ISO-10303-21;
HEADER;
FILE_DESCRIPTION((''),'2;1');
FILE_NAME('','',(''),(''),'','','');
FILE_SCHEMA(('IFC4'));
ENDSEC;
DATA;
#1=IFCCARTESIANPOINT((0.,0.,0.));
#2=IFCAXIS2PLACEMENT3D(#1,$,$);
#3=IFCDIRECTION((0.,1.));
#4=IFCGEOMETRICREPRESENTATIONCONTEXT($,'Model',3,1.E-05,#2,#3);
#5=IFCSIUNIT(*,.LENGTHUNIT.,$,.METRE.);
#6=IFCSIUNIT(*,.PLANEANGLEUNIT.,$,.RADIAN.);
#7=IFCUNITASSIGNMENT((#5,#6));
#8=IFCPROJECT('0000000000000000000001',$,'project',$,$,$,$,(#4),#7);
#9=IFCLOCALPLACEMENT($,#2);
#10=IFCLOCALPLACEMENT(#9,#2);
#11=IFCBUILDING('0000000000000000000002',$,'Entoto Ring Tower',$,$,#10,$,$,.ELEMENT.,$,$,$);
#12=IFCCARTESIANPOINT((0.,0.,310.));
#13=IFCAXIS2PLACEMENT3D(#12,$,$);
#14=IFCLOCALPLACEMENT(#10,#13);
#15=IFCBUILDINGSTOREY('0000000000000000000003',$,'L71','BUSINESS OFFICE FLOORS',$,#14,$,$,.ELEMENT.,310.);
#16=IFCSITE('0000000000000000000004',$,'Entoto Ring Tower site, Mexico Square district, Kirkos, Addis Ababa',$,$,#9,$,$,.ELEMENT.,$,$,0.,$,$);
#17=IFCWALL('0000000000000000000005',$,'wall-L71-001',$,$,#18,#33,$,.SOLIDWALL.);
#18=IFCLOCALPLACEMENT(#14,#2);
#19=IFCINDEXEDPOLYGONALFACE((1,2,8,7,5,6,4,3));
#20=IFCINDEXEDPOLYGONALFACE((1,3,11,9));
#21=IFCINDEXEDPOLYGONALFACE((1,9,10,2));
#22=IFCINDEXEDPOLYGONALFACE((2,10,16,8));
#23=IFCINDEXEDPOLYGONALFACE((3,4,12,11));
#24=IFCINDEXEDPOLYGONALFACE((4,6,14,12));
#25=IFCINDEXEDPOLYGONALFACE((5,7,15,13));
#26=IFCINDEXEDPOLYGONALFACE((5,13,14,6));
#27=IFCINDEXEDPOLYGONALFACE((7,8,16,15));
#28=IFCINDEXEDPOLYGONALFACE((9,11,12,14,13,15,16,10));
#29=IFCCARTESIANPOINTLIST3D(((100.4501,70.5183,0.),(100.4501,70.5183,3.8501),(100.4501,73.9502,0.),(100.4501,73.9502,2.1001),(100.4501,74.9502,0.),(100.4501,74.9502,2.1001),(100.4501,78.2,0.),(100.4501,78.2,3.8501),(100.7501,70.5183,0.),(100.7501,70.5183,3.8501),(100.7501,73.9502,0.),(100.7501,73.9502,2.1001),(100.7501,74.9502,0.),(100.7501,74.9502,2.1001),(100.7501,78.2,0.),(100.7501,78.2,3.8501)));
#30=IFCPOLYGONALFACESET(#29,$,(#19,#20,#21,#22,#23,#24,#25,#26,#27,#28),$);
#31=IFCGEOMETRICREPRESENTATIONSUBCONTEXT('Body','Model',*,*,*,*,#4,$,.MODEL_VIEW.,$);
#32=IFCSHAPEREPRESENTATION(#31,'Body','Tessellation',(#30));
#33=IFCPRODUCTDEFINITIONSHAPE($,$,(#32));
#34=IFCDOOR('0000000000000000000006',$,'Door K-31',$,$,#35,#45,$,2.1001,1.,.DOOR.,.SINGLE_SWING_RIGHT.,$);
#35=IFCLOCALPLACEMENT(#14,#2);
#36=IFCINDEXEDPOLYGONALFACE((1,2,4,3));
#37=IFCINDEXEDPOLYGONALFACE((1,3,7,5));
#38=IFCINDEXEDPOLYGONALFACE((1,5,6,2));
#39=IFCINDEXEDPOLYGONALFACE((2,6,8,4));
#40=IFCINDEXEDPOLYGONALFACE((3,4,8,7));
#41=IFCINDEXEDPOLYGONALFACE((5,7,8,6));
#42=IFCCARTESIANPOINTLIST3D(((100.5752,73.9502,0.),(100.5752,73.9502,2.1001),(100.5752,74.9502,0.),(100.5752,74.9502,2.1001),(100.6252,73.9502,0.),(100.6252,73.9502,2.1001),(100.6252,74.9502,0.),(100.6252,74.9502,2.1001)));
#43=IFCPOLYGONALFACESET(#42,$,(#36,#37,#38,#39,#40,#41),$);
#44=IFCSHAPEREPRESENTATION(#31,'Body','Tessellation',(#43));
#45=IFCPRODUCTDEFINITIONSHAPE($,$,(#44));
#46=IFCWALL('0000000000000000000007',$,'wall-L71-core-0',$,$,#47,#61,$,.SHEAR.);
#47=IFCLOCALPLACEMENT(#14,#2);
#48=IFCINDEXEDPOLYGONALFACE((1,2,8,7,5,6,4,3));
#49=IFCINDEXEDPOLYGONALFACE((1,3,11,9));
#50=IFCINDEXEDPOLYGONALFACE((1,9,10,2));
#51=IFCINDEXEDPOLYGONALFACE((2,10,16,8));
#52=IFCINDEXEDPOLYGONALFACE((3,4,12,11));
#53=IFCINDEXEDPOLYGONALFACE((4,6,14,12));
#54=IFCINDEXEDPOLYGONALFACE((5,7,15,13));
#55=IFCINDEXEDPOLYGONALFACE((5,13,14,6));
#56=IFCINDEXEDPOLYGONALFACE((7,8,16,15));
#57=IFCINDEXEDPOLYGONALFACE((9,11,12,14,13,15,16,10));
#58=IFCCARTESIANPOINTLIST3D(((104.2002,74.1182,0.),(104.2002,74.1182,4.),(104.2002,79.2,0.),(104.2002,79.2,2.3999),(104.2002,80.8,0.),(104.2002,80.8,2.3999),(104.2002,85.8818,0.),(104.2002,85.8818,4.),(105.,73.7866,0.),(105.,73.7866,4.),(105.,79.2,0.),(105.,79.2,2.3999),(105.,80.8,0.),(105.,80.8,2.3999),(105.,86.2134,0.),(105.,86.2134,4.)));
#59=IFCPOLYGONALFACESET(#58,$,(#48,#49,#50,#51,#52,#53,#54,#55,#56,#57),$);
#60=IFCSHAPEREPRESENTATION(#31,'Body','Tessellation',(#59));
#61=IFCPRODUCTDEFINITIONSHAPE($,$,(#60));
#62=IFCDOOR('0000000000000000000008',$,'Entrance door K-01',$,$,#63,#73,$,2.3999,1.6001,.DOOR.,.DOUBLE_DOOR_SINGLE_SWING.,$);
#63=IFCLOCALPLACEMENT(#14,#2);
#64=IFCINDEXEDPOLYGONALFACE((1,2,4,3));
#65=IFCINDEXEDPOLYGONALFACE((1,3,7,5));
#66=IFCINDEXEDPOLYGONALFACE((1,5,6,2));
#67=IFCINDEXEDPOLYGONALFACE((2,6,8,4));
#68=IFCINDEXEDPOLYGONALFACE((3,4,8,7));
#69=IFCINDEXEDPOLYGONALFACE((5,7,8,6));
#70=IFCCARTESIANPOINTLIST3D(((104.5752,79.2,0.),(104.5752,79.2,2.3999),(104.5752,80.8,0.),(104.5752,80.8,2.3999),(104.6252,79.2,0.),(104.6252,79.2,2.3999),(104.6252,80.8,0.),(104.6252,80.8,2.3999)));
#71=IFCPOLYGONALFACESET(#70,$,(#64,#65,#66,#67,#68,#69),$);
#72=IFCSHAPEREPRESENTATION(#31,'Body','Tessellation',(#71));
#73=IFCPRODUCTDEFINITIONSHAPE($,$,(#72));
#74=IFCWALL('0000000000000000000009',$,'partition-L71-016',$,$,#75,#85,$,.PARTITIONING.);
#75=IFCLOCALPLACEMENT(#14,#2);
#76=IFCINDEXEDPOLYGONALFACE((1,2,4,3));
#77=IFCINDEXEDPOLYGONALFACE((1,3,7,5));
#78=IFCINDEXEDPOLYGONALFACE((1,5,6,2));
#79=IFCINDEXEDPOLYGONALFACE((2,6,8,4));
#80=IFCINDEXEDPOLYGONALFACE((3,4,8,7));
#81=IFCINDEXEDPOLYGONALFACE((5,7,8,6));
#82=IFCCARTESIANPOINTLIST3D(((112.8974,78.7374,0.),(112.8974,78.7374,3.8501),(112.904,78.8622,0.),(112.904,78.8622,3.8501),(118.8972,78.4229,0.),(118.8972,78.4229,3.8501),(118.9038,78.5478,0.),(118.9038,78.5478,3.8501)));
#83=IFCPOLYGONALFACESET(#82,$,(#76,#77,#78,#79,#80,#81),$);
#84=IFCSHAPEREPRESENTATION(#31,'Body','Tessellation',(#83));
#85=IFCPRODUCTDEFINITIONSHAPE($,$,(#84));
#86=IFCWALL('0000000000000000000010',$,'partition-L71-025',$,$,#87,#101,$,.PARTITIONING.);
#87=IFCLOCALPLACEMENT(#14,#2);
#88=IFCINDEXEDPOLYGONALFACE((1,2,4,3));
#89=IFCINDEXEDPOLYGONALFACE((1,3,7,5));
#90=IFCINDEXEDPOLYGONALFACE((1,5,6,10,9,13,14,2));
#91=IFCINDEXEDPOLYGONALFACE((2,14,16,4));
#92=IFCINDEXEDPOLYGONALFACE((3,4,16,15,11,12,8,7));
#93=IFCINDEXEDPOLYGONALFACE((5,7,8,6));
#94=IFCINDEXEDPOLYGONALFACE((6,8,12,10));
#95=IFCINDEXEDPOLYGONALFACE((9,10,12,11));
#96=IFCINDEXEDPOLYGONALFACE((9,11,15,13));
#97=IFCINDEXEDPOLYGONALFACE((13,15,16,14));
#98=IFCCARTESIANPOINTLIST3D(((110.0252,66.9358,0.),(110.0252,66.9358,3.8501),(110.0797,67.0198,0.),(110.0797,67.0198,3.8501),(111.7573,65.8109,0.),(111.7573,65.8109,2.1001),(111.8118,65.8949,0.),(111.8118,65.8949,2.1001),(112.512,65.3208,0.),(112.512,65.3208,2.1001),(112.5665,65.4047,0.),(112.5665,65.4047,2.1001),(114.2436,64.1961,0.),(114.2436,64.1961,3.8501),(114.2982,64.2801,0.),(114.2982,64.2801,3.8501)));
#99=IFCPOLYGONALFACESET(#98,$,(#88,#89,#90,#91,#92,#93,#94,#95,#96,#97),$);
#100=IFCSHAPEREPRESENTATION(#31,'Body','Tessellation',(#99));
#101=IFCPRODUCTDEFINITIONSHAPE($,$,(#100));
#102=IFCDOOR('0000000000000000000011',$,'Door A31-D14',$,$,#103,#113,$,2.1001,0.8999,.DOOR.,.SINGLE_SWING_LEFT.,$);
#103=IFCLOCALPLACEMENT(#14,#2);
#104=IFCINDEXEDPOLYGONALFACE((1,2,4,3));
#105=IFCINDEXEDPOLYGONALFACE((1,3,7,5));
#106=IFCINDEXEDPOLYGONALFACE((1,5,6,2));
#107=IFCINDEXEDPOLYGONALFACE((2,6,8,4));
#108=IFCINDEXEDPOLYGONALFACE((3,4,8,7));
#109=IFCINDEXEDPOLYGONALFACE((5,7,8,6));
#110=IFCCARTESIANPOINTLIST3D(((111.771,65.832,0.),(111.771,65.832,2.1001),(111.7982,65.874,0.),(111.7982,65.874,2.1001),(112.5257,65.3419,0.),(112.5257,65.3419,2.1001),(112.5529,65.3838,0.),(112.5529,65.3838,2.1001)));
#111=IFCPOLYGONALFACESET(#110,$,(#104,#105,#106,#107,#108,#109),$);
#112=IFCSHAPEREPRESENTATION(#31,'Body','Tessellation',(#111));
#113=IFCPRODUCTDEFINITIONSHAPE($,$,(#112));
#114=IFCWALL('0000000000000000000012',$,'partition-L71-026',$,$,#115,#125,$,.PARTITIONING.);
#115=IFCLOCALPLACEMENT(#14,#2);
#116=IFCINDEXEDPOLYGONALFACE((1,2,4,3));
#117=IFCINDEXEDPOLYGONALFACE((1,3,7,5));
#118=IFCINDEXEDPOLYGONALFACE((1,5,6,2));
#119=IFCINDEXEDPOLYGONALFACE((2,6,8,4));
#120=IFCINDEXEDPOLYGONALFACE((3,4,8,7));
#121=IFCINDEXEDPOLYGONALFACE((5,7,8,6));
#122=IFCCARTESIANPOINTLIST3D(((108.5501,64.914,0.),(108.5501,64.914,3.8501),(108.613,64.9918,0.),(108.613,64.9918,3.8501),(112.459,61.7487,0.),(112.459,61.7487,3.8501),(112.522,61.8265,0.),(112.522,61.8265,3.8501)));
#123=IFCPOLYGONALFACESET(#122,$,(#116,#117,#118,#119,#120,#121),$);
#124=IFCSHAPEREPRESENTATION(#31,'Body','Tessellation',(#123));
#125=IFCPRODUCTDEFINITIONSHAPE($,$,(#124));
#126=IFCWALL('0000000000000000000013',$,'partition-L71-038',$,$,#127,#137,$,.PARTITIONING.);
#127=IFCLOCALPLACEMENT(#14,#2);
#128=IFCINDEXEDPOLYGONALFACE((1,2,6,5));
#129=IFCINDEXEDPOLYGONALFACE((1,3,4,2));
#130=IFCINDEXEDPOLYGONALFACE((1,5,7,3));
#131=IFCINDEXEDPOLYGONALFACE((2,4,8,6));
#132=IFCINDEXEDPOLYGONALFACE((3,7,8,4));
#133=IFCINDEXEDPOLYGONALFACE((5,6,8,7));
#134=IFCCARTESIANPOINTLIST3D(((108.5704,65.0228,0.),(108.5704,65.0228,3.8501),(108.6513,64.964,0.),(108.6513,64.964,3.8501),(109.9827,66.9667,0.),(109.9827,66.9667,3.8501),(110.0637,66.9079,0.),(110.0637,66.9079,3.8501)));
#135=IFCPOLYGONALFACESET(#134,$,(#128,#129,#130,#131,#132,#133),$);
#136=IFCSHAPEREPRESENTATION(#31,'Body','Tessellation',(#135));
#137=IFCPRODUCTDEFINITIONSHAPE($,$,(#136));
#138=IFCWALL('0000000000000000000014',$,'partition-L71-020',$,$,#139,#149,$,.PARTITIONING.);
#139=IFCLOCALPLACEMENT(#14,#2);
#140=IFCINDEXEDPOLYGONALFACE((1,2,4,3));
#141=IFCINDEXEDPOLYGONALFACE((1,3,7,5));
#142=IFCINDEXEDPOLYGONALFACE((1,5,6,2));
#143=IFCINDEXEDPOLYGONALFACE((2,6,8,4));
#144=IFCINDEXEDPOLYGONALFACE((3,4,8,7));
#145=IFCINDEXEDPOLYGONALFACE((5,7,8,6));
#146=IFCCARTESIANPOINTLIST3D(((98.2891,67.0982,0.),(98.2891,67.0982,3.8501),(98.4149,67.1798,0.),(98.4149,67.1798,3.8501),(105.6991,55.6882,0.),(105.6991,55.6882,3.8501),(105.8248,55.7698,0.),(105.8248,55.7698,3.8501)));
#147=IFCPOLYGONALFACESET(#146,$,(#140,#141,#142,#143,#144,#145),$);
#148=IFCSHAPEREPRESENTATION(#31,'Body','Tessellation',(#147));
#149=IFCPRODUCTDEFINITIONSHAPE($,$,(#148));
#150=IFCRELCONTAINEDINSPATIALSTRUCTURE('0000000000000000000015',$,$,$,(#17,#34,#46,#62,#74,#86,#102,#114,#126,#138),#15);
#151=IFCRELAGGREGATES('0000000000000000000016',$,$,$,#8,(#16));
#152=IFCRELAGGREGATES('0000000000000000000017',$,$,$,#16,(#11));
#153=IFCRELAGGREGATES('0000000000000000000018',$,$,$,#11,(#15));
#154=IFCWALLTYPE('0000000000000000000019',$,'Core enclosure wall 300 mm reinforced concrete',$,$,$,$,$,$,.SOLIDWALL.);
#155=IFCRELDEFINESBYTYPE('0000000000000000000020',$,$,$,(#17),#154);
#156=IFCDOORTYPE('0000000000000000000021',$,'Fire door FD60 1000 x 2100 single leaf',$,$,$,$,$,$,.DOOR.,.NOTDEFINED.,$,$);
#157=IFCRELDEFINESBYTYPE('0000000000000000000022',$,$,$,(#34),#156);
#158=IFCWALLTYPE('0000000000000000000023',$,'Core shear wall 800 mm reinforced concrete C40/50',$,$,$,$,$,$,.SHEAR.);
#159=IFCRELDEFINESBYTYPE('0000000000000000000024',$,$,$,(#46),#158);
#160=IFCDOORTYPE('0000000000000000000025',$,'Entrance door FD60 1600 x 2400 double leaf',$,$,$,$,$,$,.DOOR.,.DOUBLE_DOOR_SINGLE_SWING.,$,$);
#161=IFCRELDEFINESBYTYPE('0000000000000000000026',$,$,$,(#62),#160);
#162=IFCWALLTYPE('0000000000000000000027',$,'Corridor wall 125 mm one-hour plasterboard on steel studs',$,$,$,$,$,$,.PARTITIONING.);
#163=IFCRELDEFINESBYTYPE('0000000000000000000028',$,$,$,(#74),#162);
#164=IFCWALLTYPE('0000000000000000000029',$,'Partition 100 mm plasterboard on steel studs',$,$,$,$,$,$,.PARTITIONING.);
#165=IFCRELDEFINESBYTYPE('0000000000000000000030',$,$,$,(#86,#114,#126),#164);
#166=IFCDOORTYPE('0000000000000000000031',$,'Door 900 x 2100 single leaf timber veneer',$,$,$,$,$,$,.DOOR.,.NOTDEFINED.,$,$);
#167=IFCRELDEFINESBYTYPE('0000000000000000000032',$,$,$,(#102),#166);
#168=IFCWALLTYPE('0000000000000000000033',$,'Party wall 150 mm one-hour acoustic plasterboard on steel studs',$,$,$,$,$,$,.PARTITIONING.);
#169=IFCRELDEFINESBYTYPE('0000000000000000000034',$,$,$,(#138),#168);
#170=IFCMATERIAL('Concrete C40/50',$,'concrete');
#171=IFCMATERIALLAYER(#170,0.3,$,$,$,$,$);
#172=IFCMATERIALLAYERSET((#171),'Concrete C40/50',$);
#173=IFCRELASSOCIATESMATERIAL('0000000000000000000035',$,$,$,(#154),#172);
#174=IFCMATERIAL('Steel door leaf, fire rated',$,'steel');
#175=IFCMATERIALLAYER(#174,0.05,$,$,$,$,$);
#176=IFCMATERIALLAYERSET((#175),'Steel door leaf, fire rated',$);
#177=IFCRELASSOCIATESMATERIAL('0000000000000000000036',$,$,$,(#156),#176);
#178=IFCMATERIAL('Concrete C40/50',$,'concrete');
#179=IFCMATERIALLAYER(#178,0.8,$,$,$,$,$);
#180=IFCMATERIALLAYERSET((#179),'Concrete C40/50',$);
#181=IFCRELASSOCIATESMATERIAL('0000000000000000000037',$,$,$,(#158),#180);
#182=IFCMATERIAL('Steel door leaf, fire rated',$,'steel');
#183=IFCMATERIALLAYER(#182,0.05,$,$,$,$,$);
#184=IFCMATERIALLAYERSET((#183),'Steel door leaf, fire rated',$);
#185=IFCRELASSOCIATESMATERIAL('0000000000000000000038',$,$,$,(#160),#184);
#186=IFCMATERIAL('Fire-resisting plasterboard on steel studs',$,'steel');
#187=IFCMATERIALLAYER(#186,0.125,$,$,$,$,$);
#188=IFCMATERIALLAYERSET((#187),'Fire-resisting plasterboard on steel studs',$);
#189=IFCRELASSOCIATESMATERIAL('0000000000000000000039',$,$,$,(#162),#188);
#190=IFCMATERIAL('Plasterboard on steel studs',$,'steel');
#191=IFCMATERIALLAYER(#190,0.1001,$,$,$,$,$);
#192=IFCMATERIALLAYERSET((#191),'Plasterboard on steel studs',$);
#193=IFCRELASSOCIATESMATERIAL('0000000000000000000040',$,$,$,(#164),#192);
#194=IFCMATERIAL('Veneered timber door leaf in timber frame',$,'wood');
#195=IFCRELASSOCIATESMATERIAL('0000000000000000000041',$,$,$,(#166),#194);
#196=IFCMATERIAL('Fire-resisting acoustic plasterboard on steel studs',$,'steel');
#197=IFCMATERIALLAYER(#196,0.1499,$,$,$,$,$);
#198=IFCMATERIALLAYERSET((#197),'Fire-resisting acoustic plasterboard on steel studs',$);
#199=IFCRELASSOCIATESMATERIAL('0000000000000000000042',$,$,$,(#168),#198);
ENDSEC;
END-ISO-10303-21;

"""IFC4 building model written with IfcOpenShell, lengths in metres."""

from ifc_helpers import new_model, si_unit, direction, frame, frame_2d, origin, place, context, subcontext, project, spatial, polyline, rectangle, outline, extrude, material, layer, layer_set, type_object, element, fill, save


model = new_model("IFC4")

# Units and contexts
model_context = context("Model", 3, precision=1e-05, world=origin(), true_north=direction((0.0, 1.0)))
body_context = subcontext(model_context, "Body", "Model", "MODEL_VIEW")
ifc_project = project(units=[si_unit("LENGTHUNIT", "METRE"), si_unit("PLANEANGLEUNIT", "RADIAN")], contexts=[model_context])

# Site, building, storey
site_placement = place(None, origin())
site = spatial("IfcSite", under=ifc_project, at=site_placement, Name="Entoto Ring Tower site, Mexico Square district, Kirkos, Addis Ababa", CompositionType="ELEMENT", RefElevation=0.0)
building_placement = place(site_placement, origin())
building = spatial("IfcBuilding", under=site, at=building_placement, Name="Entoto Ring Tower", CompositionType="ELEMENT")
storey_placement = place(building_placement, frame((0.0, 0.0, 310.0)))
storey = spatial("IfcBuildingStorey", under=building, at=storey_placement, Name="L71", Description="BUSINESS OFFICE FLOORS", CompositionType="ELEMENT", Elevation=310.0)

# Walls, openings, doors
ifc_material_1 = material(Name="Concrete C40/50", Category="concrete")
ifc_layer_1 = layer(ifc_material_1, 0.3)
ifc_layer_set_1 = layer_set([ifc_layer_1], Name="Concrete C40/50")
wall_type_1 = type_object("IfcWallType", Name="Core enclosure wall 300 mm reinforced concrete", PredefinedType="SOLIDWALL", material=ifc_layer_set_1)
wall_1_placement = place(storey_placement, frame((100.6001, 70.5183, 0.0), z_axis=(0.0, 0.0, 1.0), x_axis=(0.0, 1.0, 0.0)))
wall_1 = element("IfcWall", 1, at=wall_1_placement, inside=storey, type_object=wall_type_1, Name="wall-L71-001", PredefinedType="SOLIDWALL", context=body_context, shape_type="SweptSolid", body=[
    extrude(rectangle(XDim=7.6816, YDim=0.3, at=frame_2d((3.8408, 0.0))), origin(), (0.0, 0.0, 1.0), 3.8501),
])
opening_1_placement = place(wall_1_placement, frame((3.4319, 0.0, 0.0)))
opening_1 = element("IfcOpeningElement", 2, at=opening_1_placement, cuts=wall_1, PredefinedType="OPENING", context=body_context, shape_type="SweptSolid", body=[
    extrude(rectangle(XDim=1.0, YDim=2.1001, at=frame_2d((0.5, 1.05))), frame((0.0, 0.1602, 0.0), z_axis=(0.0, -1.0, 0.0), x_axis=(1.0, 0.0, 0.0)), (0.0, 0.0, 1.0), 0.3201),
])
ifc_material_2 = material(Name="Steel door leaf, fire rated", Category="steel")
ifc_layer_2 = layer(ifc_material_2, 0.05)
ifc_layer_set_2 = layer_set([ifc_layer_2], Name="Steel door leaf, fire rated")
door_type_1 = type_object("IfcDoorType", Name="Fire door FD60 1000 x 2100 single leaf", OperationType="NOTDEFINED", PredefinedType="DOOR", material=ifc_layer_set_2)
door_1_placement = place(opening_1_placement, origin())
door_1 = element("IfcDoor", 3, at=door_1_placement, inside=storey, type_object=door_type_1, Name="Door K-31", OperationType="SINGLE_SWING_RIGHT", OverallHeight=2.1001, OverallWidth=1.0, PredefinedType="DOOR", context=body_context, shape_type="SweptSolid", body=[
    extrude(rectangle(XDim=1.0, YDim=2.1001, at=frame_2d((0.5, 1.05))), frame((0.0, 0.0249, 0.0), z_axis=(0.0, -1.0, 0.0), x_axis=(1.0, 0.0, 0.0)), (0.0, 0.0, 1.0), 0.05),
])
fill(opening_1, door_1)
ifc_material_3 = material(Name="Concrete C40/50", Category="concrete")
ifc_layer_3 = layer(ifc_material_3, 0.8)
ifc_layer_set_3 = layer_set([ifc_layer_3], Name="Concrete C40/50")
wall_type_2 = type_object("IfcWallType", Name="Core shear wall 800 mm reinforced concrete C40/50", PredefinedType="SHEAR", material=ifc_layer_set_3)
wall_2_placement = place(storey_placement, frame((104.6001, 73.9524, 0.0), z_axis=(0.0, 0.0, 1.0), x_axis=(0.0, 1.0, 0.0)))
wall_2 = element("IfcWall", 4, at=wall_2_placement, inside=storey, type_object=wall_type_2, Name="wall-L71-core-0", PredefinedType="SHEAR", context=body_context, shape_type="SweptSolid", body=[
    extrude(outline(polyline([(-0.1658, -0.3999), (12.261, -0.3999), (11.9294, 0.3999), (0.1658, 0.3999), (-0.1658, -0.3999)])), origin(), (0.0, 0.0, 1.0), 4.0),
])
opening_2_placement = place(wall_2_placement, frame((5.2476, 0.0, 0.0)))
opening_2 = element("IfcOpeningElement", 5, at=opening_2_placement, cuts=wall_2, PredefinedType="OPENING", context=body_context, shape_type="SweptSolid", body=[
    extrude(rectangle(XDim=1.6001, YDim=2.3999, at=frame_2d((0.8, 1.2))), frame((0.0, 0.4102, 0.0), z_axis=(0.0, -1.0, 0.0), x_axis=(1.0, 0.0, 0.0)), (0.0, 0.0, 1.0), 0.8201),
])
ifc_material_4 = material(Name="Steel door leaf, fire rated", Category="steel")
ifc_layer_4 = layer(ifc_material_4, 0.05)
ifc_layer_set_4 = layer_set([ifc_layer_4], Name="Steel door leaf, fire rated")
door_type_2 = type_object("IfcDoorType", Name="Entrance door FD60 1600 x 2400 double leaf", OperationType="DOUBLE_DOOR_SINGLE_SWING", PredefinedType="DOOR", material=ifc_layer_set_4)
door_2_placement = place(opening_2_placement, origin())
door_2 = element("IfcDoor", 6, at=door_2_placement, inside=storey, type_object=door_type_2, Name="Entrance door K-01", OperationType="DOUBLE_DOOR_SINGLE_SWING", OverallHeight=2.3999, OverallWidth=1.6001, PredefinedType="DOOR", context=body_context, shape_type="SweptSolid", body=[
    extrude(rectangle(XDim=1.6001, YDim=2.3999, at=frame_2d((0.8, 1.2))), frame((0.0, 0.0249, 0.0), z_axis=(0.0, -1.0, 0.0), x_axis=(1.0, 0.0, 0.0)), (0.0, 0.0, 1.0), 0.05),
])
fill(opening_2, door_2)

# Wall
ifc_material_5 = material(Name="Fire-resisting plasterboard on steel studs", Category="steel")
ifc_layer_5 = layer(ifc_material_5, 0.125)
ifc_layer_set_5 = layer_set([ifc_layer_5], Name="Fire-resisting plasterboard on steel studs")
wall_type_3 = type_object("IfcWallType", Name="Corridor wall 125 mm one-hour plasterboard on steel studs", PredefinedType="PARTITIONING", material=ifc_layer_set_5)
wall_3_placement = place(storey_placement, frame((118.9004, 78.4854, 0.0), z_axis=(0.0, 0.0, 1.0), x_axis=(-0.998629, 0.052339, 0.0)))
element("IfcWall", 7, at=wall_3_placement, inside=storey, type_object=wall_type_3, Name="partition-L71-016", PredefinedType="PARTITIONING", context=body_context, shape_type="SweptSolid", body=[
    extrude(rectangle(XDim=6.0081, YDim=0.125, at=frame_2d((3.0039, 0.0))), origin(), (0.0, 0.0, 1.0), 3.8501),
])

# Wall, opening, door
ifc_material_6 = material(Name="Plasterboard on steel studs", Category="steel")
ifc_layer_6 = layer(ifc_material_6, 0.1001)
ifc_layer_set_6 = layer_set([ifc_layer_6], Name="Plasterboard on steel studs")
wall_type_4 = type_object("IfcWallType", Name="Partition 100 mm plasterboard on steel studs", PredefinedType="PARTITIONING", material=ifc_layer_set_6)
wall_4_placement = place(storey_placement, frame((114.271, 64.238, 0.0), z_axis=(0.0, 0.0, 1.0), x_axis=(-0.838651, 0.544669, 0.0)))
wall_4 = element("IfcWall", 8, at=wall_4_placement, inside=storey, type_object=wall_type_4, Name="partition-L71-025", PredefinedType="PARTITIONING", context=body_context, shape_type="SweptSolid", body=[
    extrude(rectangle(XDim=5.03, YDim=0.1001, at=frame_2d((2.5151, 0.0))), origin(), (0.0, 0.0, 1.0), 3.8501),
])
opening_3_placement = place(wall_4_placement, frame((2.0649, 0.0, 0.0)))
opening_3 = element("IfcOpeningElement", 9, at=opening_3_placement, cuts=wall_4, PredefinedType="OPENING", context=body_context, shape_type="SweptSolid", body=[
    extrude(rectangle(XDim=0.8999, YDim=2.1001, at=frame_2d((0.45, 1.05))), frame((0.0, 0.0601, 0.0), z_axis=(0.0, -1.0, 0.0), x_axis=(1.0, 0.0, 0.0)), (0.0, 0.0, 1.0), 0.1201),
])
ifc_material_7 = material(Name="Veneered timber door leaf in timber frame", Category="wood")
door_type_3 = type_object("IfcDoorType", Name="Door 900 x 2100 single leaf timber veneer", OperationType="NOTDEFINED", PredefinedType="DOOR", material=ifc_material_7)
door_3_placement = place(opening_3_placement, origin())
door_3 = element("IfcDoor", 10, at=door_3_placement, inside=storey, type_object=door_type_3, Name="Door A31-D14", OperationType="SINGLE_SWING_LEFT", OverallHeight=2.1001, OverallWidth=0.8999, PredefinedType="DOOR", context=body_context, shape_type="SweptSolid", body=[
    extrude(rectangle(XDim=0.8999, YDim=2.1001, at=frame_2d((0.45, 1.05))), frame((0.0, 0.0249, 0.0), z_axis=(0.0, -1.0, 0.0), x_axis=(1.0, 0.0, 0.0)), (0.0, 0.0, 1.0), 0.05),
])
fill(opening_3, door_3)

# Walls
wall_5_placement = place(storey_placement, frame((112.4905, 61.7876, 0.0), z_axis=(0.0, 0.0, 1.0), x_axis=(-0.777157, 0.629307, 0.0)))
element("IfcWall", 11, at=wall_5_placement, inside=storey, type_object=wall_type_4, Name="partition-L71-026", PredefinedType="PARTITIONING", context=body_context, shape_type="SweptSolid", body=[
    extrude(rectangle(XDim=5.0298, YDim=0.1001, at=frame_2d((2.5149, 0.0))), origin(), (0.0, 0.0, 1.0), 3.8501),
])
wall_6_placement = place(storey_placement, frame((108.6108, 64.9934, 0.0), z_axis=(0.0, 0.0, 1.0), x_axis=(0.587803, 0.809004, 0.0)))
element("IfcWall", 12, at=wall_6_placement, inside=storey, type_object=wall_type_4, Name="partition-L71-038", PredefinedType="PARTITIONING", context=body_context, shape_type="SweptSolid", body=[
    extrude(rectangle(XDim=2.4028, YDim=0.1001, at=frame_2d((1.2014, 0.0))), origin(), (0.0, 0.0, 1.0), 3.8501),
])
ifc_material_8 = material(Name="Fire-resisting acoustic plasterboard on steel studs", Category="steel")
ifc_layer_7 = layer(ifc_material_8, 0.1499)
ifc_layer_set_7 = layer_set([ifc_layer_7], Name="Fire-resisting acoustic plasterboard on steel studs")
wall_type_5 = type_object("IfcWallType", Name="Party wall 150 mm one-hour acoustic plasterboard on steel studs", PredefinedType="PARTITIONING", material=ifc_layer_set_7)
wall_7_placement = place(storey_placement, frame((105.762, 55.729, 0.0), z_axis=(0.0, 0.0, 1.0), x_axis=(-0.544651, 0.838663, 0.0)))
element("IfcWall", 13, at=wall_7_placement, inside=storey, type_object=wall_type_5, Name="partition-L71-020", PredefinedType="PARTITIONING", context=body_context, shape_type="SweptSolid", body=[
    extrude(rectangle(XDim=13.605, YDim=0.1499, at=frame_2d((6.8025, 0.0))), origin(), (0.0, 0.0, 1.0), 3.8501),
])

save(model, "model.ifc")
